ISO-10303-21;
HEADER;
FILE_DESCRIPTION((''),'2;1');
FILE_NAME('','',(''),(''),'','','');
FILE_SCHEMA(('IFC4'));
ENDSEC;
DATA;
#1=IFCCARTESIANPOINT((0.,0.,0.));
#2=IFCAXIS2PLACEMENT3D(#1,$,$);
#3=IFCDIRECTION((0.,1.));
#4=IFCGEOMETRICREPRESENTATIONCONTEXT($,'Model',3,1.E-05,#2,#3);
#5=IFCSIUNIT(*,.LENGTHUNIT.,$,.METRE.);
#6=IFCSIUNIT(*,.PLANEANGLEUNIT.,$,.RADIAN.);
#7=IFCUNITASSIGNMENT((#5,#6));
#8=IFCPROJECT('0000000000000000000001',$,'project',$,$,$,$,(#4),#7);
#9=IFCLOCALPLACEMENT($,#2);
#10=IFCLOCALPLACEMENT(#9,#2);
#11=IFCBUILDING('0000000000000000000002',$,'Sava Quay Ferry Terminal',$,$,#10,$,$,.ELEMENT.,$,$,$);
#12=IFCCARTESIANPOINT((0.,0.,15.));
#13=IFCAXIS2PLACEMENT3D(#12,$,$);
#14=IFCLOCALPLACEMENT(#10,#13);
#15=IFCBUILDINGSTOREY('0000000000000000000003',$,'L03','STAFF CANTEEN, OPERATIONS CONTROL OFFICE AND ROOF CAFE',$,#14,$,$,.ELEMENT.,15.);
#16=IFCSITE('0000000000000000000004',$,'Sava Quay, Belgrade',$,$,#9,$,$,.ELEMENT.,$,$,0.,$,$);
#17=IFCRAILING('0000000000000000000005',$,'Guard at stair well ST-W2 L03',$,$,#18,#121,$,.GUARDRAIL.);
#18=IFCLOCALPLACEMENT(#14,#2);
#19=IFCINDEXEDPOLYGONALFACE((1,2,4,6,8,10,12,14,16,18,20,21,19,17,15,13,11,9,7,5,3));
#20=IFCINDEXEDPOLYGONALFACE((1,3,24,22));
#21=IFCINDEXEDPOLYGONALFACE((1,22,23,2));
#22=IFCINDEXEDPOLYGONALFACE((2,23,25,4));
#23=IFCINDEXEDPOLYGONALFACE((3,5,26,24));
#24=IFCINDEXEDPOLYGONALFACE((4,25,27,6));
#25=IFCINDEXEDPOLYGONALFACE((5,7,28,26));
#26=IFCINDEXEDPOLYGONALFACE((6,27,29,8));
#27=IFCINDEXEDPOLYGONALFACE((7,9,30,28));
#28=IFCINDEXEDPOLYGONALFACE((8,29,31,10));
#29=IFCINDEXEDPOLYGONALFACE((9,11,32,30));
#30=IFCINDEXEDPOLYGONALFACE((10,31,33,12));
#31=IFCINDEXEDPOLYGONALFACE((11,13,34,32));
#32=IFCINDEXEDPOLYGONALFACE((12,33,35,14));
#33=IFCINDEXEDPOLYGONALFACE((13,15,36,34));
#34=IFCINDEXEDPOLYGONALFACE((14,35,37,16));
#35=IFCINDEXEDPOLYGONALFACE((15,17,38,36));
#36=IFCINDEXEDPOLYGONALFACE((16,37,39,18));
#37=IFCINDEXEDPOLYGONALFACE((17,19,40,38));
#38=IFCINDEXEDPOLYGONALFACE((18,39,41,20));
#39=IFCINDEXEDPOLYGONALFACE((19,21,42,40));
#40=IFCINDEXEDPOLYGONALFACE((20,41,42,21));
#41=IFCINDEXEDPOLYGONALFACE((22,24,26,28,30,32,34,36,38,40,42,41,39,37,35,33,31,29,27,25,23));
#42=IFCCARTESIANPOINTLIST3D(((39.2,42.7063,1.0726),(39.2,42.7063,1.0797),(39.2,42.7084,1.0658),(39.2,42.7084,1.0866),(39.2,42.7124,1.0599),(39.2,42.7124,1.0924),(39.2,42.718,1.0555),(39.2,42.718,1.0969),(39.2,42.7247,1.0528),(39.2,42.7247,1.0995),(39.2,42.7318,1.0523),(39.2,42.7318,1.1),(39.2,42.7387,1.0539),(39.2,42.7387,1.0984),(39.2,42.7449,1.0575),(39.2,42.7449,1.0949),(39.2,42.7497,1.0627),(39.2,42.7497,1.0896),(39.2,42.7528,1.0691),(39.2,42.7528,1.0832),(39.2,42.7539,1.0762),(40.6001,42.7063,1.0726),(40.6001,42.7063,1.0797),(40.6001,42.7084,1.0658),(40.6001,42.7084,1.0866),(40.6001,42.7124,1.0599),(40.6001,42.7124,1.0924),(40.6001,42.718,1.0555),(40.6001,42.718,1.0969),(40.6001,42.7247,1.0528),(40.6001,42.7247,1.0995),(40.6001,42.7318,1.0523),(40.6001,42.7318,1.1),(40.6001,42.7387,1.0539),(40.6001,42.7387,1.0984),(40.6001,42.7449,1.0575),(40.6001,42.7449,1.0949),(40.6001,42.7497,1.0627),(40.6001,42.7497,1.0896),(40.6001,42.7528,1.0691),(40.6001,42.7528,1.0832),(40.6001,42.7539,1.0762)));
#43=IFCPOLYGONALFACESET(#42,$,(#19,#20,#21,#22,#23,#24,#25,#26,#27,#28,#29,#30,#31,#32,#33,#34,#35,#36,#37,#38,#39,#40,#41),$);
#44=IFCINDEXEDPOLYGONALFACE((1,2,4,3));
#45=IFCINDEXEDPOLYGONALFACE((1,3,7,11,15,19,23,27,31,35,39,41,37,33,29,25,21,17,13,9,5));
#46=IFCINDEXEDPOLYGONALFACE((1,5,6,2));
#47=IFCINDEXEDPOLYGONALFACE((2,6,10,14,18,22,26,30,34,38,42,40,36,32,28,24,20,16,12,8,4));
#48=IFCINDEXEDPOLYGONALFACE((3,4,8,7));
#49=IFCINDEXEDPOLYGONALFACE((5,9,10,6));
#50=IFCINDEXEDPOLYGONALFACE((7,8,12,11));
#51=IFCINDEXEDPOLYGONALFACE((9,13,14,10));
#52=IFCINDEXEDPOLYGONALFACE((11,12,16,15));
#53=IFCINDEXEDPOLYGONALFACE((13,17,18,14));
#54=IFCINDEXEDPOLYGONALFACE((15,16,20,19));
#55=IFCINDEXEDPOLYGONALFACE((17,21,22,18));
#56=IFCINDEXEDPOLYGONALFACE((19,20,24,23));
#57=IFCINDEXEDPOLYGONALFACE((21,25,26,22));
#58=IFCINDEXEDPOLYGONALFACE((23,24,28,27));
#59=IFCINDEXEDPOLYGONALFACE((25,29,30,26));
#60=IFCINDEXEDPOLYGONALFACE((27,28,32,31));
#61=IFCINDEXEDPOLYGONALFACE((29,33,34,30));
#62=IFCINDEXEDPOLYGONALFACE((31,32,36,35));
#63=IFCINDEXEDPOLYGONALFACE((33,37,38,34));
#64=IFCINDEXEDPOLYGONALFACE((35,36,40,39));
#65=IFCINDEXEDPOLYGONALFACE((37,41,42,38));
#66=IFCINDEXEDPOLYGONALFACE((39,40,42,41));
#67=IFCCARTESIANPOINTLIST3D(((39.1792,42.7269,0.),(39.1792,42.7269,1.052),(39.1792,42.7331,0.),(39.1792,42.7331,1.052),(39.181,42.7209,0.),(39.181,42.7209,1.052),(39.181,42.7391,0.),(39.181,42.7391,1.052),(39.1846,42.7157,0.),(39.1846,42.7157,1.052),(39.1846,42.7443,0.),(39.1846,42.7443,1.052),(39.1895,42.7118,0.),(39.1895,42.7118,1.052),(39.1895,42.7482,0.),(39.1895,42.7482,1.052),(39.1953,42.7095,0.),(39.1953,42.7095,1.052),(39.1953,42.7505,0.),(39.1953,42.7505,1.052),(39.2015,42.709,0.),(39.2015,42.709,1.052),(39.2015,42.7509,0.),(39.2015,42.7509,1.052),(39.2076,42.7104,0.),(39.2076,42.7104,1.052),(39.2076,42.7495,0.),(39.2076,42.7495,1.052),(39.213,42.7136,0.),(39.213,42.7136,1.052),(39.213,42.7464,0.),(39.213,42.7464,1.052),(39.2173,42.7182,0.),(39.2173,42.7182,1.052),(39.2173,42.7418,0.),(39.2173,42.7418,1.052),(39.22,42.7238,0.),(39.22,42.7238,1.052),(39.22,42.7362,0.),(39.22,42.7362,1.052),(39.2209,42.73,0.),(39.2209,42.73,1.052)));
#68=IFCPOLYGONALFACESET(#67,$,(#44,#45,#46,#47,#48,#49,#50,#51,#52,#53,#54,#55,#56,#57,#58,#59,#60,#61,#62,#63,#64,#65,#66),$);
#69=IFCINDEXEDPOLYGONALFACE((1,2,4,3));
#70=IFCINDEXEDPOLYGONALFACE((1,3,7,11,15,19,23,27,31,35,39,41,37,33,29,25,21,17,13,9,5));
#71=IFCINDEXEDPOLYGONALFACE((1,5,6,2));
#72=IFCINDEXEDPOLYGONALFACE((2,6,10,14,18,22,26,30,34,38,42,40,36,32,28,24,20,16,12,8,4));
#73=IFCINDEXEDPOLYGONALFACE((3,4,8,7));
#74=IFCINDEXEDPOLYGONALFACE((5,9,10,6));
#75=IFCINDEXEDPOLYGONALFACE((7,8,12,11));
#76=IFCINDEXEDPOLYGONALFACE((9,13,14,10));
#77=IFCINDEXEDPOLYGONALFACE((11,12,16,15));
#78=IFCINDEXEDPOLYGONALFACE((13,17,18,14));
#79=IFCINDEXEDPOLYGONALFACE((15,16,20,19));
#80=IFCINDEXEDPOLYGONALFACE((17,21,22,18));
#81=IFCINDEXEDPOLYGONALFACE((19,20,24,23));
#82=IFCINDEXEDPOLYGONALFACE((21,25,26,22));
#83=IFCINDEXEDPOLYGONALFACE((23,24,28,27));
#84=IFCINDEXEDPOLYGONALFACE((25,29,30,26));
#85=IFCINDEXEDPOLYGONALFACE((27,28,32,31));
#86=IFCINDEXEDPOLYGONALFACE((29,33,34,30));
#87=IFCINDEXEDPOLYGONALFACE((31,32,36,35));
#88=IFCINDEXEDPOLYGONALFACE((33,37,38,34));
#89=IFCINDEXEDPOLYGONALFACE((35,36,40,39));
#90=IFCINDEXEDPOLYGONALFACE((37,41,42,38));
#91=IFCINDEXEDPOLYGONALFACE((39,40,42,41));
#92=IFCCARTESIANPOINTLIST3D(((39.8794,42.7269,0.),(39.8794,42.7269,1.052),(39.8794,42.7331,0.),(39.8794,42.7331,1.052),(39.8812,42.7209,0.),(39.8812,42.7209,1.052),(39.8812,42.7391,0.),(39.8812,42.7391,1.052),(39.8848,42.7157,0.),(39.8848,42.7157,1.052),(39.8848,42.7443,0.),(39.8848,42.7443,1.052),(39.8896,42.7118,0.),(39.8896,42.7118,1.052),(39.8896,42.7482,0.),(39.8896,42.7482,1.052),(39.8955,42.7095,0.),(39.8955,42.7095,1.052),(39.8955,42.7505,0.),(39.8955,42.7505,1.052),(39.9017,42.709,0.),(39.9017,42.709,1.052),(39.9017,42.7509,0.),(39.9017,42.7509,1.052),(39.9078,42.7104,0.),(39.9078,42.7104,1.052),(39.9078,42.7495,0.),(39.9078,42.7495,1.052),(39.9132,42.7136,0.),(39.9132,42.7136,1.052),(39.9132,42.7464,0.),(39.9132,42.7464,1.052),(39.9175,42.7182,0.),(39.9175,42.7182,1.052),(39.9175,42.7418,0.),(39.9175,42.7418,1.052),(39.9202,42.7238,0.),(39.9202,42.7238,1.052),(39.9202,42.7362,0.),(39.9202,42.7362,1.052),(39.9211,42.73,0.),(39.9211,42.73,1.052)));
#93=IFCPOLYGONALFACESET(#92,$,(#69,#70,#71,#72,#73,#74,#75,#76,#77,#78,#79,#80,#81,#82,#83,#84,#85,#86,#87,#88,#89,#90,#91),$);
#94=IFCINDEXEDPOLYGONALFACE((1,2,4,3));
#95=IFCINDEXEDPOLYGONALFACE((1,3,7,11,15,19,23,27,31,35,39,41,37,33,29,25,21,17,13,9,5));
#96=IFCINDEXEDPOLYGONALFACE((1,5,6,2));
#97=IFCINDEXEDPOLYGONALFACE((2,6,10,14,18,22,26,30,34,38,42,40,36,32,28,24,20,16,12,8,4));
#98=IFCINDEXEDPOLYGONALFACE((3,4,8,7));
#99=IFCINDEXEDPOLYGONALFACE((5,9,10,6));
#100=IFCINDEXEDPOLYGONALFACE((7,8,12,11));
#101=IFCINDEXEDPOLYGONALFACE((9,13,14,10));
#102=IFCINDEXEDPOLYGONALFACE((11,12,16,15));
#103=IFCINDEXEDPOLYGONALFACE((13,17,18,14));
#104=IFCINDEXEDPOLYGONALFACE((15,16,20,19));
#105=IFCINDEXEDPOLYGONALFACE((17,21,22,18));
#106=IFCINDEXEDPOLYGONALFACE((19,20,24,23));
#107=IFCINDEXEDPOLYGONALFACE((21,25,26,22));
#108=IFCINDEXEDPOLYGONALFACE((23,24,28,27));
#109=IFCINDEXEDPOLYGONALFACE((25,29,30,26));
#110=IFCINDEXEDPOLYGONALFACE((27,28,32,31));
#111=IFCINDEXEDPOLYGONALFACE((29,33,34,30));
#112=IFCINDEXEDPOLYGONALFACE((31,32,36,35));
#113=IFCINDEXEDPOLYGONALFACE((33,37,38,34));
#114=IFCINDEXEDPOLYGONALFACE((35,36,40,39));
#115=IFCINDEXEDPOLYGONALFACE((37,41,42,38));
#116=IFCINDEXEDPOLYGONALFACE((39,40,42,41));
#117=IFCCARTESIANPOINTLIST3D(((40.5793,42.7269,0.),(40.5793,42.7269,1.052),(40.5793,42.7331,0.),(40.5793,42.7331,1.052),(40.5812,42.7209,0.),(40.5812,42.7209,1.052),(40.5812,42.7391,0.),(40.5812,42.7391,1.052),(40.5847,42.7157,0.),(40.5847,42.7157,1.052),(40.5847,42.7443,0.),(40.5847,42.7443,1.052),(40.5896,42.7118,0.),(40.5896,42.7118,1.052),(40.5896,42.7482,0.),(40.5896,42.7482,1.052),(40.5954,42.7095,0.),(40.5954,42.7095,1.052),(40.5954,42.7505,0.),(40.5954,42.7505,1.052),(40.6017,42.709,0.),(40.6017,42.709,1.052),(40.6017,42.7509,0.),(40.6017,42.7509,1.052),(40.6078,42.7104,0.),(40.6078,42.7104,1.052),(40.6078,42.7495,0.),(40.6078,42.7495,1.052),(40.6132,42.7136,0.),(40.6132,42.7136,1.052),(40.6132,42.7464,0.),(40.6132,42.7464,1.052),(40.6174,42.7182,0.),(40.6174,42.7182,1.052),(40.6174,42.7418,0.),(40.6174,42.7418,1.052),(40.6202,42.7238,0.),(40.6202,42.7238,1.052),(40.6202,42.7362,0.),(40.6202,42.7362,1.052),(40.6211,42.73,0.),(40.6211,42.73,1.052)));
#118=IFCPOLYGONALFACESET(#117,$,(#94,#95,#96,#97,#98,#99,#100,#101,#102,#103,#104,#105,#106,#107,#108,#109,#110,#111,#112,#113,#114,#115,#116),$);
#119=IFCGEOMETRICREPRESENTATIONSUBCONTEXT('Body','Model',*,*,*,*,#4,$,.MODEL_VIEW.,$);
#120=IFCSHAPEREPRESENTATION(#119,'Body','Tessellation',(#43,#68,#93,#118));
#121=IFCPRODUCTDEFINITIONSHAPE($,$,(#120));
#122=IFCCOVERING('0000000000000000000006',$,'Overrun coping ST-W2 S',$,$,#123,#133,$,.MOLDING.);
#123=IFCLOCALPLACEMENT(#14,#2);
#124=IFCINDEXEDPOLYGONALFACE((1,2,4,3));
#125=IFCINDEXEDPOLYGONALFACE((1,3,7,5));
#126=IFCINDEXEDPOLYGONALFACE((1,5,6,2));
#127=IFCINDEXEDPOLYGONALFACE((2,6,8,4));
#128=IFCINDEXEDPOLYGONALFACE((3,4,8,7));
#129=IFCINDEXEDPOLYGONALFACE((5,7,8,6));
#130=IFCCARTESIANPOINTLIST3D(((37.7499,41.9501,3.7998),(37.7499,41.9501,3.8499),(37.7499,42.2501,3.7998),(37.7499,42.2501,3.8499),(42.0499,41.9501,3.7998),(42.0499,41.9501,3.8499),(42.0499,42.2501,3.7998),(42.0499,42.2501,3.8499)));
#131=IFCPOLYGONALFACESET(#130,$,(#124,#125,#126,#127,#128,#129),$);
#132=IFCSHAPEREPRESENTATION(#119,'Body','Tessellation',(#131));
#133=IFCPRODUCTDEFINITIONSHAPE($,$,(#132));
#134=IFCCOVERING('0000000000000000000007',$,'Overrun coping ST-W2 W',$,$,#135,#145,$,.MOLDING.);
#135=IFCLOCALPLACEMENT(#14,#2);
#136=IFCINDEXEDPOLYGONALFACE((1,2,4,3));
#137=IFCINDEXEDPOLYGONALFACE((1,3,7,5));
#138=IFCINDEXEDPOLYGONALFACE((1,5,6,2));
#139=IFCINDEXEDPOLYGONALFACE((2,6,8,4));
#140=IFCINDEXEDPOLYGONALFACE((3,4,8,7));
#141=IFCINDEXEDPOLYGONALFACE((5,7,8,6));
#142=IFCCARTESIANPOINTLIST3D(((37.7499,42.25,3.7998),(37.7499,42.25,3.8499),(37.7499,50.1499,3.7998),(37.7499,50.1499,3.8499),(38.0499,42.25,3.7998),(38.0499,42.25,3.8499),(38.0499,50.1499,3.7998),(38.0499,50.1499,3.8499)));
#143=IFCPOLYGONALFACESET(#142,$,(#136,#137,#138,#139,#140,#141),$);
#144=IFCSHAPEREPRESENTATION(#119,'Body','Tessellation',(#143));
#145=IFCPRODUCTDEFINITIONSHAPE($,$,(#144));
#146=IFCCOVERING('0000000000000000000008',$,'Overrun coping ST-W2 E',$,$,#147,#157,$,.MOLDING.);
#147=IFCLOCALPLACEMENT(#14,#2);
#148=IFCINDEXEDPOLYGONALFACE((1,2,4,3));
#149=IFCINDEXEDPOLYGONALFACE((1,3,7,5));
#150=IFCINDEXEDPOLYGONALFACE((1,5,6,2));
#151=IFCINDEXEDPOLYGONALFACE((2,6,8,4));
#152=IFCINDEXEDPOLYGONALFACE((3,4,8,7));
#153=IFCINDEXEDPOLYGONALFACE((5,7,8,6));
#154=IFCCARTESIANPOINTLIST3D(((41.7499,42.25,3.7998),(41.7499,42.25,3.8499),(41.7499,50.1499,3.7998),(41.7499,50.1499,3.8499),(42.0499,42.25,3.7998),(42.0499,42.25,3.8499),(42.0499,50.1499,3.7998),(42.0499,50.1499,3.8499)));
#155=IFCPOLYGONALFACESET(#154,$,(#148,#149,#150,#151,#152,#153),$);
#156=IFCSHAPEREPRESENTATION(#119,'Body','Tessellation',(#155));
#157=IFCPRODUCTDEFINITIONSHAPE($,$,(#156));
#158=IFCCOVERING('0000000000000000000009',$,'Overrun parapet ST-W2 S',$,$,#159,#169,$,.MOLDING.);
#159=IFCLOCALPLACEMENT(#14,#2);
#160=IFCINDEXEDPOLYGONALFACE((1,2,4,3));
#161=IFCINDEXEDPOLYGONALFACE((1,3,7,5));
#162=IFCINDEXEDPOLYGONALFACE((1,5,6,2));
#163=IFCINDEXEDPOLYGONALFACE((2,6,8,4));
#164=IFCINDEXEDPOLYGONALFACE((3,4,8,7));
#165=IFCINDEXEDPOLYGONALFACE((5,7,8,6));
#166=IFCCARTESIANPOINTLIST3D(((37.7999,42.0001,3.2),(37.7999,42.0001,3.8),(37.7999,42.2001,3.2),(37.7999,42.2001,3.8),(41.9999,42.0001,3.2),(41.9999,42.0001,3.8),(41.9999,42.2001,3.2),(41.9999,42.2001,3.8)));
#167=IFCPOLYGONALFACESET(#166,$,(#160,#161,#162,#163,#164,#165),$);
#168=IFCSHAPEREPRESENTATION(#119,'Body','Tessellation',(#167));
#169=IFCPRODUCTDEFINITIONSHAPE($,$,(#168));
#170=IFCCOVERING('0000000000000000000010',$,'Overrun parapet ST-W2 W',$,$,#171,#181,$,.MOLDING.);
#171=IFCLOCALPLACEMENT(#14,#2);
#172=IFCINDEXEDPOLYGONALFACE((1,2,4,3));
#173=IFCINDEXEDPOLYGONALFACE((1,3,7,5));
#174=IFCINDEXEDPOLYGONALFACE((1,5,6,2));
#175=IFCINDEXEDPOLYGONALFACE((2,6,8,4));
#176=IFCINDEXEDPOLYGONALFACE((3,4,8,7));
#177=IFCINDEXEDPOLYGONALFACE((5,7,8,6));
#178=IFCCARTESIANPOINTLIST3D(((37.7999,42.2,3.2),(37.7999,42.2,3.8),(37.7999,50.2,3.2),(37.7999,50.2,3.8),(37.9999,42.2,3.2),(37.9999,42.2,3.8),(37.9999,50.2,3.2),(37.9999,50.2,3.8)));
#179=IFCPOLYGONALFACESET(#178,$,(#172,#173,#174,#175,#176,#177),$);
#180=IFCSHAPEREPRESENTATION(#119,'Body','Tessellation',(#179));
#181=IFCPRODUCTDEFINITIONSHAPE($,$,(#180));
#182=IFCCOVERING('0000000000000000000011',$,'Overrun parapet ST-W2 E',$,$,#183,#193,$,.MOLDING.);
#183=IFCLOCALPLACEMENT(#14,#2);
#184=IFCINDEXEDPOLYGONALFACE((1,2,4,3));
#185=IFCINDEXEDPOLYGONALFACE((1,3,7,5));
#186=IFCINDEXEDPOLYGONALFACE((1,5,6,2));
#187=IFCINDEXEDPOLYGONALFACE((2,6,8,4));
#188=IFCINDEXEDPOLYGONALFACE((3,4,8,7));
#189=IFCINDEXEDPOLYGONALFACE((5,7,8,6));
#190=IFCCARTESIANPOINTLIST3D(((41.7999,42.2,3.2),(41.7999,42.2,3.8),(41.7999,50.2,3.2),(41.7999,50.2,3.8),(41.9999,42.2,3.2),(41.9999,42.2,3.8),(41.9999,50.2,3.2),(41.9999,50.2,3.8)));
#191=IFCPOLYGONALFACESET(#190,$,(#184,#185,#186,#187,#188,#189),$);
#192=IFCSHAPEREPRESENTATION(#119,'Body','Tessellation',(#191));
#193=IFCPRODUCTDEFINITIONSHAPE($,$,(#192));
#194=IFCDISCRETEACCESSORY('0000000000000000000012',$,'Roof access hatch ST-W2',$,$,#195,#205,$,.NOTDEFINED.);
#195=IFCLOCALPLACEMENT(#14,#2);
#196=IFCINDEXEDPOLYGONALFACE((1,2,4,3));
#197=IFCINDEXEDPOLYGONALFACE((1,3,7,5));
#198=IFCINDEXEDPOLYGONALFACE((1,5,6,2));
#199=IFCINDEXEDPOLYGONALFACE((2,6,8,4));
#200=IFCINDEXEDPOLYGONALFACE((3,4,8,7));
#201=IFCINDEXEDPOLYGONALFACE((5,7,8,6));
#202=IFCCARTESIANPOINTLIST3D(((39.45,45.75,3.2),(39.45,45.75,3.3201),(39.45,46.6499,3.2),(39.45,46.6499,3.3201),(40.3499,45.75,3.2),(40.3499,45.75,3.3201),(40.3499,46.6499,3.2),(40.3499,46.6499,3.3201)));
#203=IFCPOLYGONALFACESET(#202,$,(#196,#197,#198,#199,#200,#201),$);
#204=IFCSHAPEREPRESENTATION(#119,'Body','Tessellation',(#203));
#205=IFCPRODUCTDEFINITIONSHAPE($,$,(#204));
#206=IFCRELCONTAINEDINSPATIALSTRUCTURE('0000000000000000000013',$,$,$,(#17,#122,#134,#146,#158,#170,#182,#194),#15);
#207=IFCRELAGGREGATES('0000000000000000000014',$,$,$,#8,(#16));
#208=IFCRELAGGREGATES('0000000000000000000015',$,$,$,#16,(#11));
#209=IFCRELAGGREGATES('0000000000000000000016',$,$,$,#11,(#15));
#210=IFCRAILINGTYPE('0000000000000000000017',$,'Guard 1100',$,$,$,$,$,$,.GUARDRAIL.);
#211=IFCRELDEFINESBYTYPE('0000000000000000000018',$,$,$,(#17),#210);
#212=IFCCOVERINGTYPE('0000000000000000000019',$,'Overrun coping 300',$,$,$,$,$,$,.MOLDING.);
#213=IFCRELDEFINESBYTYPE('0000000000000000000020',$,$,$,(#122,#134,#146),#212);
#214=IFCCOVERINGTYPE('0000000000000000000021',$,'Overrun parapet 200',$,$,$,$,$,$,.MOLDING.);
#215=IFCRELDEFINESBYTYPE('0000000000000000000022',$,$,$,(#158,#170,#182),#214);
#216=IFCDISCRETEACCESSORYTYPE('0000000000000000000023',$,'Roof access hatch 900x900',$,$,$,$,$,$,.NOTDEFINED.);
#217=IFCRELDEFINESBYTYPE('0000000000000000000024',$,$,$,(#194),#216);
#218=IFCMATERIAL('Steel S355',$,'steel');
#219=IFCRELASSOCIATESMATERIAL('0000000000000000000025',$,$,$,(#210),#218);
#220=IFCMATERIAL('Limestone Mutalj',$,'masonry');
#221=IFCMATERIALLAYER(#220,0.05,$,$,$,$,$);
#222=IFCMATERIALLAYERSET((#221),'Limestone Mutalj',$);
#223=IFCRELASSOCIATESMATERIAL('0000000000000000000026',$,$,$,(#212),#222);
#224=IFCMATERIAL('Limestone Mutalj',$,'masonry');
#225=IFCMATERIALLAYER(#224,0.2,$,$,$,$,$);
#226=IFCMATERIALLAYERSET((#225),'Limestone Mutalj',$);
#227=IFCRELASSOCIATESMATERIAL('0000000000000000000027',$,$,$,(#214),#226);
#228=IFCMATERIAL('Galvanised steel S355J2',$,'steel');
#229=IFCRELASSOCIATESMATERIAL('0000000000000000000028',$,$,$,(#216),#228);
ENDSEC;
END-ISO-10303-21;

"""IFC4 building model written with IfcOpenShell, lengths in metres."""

from ifc_helpers import new_model, si_unit, direction, frame, origin, origin_2d, place, context, subcontext, project, spatial, rectangle, circle, extrude, material, layer, layer_set, type_object, element, save


model = new_model("IFC4")

# Units and contexts
model_context = context("Model", 3, precision=1e-05, world=origin(), true_north=direction((0.0, 1.0)))
body_context = subcontext(model_context, "Body", "Model", "MODEL_VIEW")
ifc_project = project(units=[si_unit("LENGTHUNIT", "METRE"), si_unit("PLANEANGLEUNIT", "RADIAN")], contexts=[model_context])

# Site, building, storey
site_placement = place(None, origin())
site = spatial("IfcSite", under=ifc_project, at=site_placement, Name="Sava Quay, Belgrade", CompositionType="ELEMENT", RefElevation=0.0)
building_placement = place(site_placement, origin())
building = spatial("IfcBuilding", under=site, at=building_placement, Name="Sava Quay Ferry Terminal", CompositionType="ELEMENT")
storey_placement = place(building_placement, frame((0.0, 0.0, 15.0)))
storey = spatial("IfcBuildingStorey", under=building, at=storey_placement, Name="L03", Description="STAFF CANTEEN, OPERATIONS CONTROL OFFICE AND ROOF CAFE", CompositionType="ELEMENT", Elevation=15.0)

# Railing
ifc_material_1 = material(Name="Steel S355", Category="steel")
railing_type_1 = type_object("IfcRailingType", Name="Guard 1100", PredefinedType="GUARDRAIL", material=ifc_material_1)
railing_1_placement = place(storey_placement, frame((39.2, 42.73, 0.0)))
element("IfcRailing", 1, at=railing_1_placement, inside=storey, type_object=railing_type_1, Name="Guard at stair well ST-W2 L03", PredefinedType="GUARDRAIL", context=body_context, shape_type="SweptSolid", body=[
    extrude(circle(Radius=0.0239, at=origin_2d()), frame((0.0, 0.0, 1.0762), z_axis=(1.0, 0.0, 0.0), x_axis=(0.0, 1.0, 0.0)), (0.0, 0.0, 1.0), 1.4001),
    extrude(circle(Radius=0.021, at=origin_2d()), origin(), (0.0, 0.0, 1.0), 1.052),
    extrude(circle(Radius=0.021, at=origin_2d()), frame((0.7002, 0.0, 0.0)), (0.0, 0.0, 1.0), 1.052),
    extrude(circle(Radius=0.021, at=origin_2d()), frame((1.4001, 0.0, 0.0)), (0.0, 0.0, 1.0), 1.052),
])

# Coverings
ifc_material_2 = material(Name="Limestone Mutalj", Category="masonry")
ifc_layer_1 = layer(ifc_material_2, 0.05)
ifc_layer_set_1 = layer_set([ifc_layer_1], Name="Limestone Mutalj")
covering_type_1 = type_object("IfcCoveringType", Name="Overrun coping 300", PredefinedType="MOLDING", material=ifc_layer_set_1)
covering_1_placement = place(storey_placement, frame((39.8999, 42.1001, 3.7998), z_axis=(0.0, 0.0, 1.0), x_axis=(1.0, 0.0, 0.0)))
element("IfcCovering", 2, at=covering_1_placement, inside=storey, type_object=covering_type_1, Name="Overrun coping ST-W2 S", PredefinedType="MOLDING", context=body_context, shape_type="SweptSolid", body=[
    extrude(rectangle(XDim=4.3, YDim=0.3, at=origin_2d()), origin(), (0.0, 0.0, 1.0), 0.05),
])
for number, where, z_axis, x_axis, name in (
    (3, (37.8999, 46.2, 3.7998), (0.0, 0.0, 1.0), (1.0, 0.0, 0.0), "Overrun coping ST-W2 W"),
    (4, (41.8999, 46.2, 3.7998), (0.0, 0.0, 1.0), (1.0, 0.0, 0.0), "Overrun coping ST-W2 E"),
):
    element("IfcCovering", number, at=place(storey_placement, frame(where, z_axis=z_axis, x_axis=x_axis)), inside=storey, type_object=covering_type_1, Name=name, PredefinedType="MOLDING", context=body_context, shape_type="SweptSolid", body=[
        extrude(rectangle(XDim=0.3, YDim=7.8999, at=origin_2d()), origin(), (0.0, 0.0, 1.0), 0.05),
    ])
ifc_material_3 = material(Name="Limestone Mutalj", Category="masonry")
ifc_layer_2 = layer(ifc_material_3, 0.2)
ifc_layer_set_2 = layer_set([ifc_layer_2], Name="Limestone Mutalj")
covering_type_2 = type_object("IfcCoveringType", Name="Overrun parapet 200", PredefinedType="MOLDING", material=ifc_layer_set_2)
covering_2_placement = place(storey_placement, frame((39.8999, 42.1001, 3.2), z_axis=(0.0, 0.0, 1.0), x_axis=(1.0, 0.0, 0.0)))
element("IfcCovering", 5, at=covering_2_placement, inside=storey, type_object=covering_type_2, Name="Overrun parapet ST-W2 S", PredefinedType="MOLDING", context=body_context, shape_type="SweptSolid", body=[
    extrude(rectangle(XDim=4.2, YDim=0.2, at=origin_2d()), origin(), (0.0, 0.0, 1.0), 0.6001),
])
for number, where, z_axis, x_axis, name in (
    (6, (37.8999, 46.2, 3.2), (0.0, 0.0, 1.0), (1.0, 0.0, 0.0), "Overrun parapet ST-W2 W"),
    (7, (41.8999, 46.2, 3.2), (0.0, 0.0, 1.0), (1.0, 0.0, 0.0), "Overrun parapet ST-W2 E"),
):
    element("IfcCovering", number, at=place(storey_placement, frame(where, z_axis=z_axis, x_axis=x_axis)), inside=storey, type_object=covering_type_2, Name=name, PredefinedType="MOLDING", context=body_context, shape_type="SweptSolid", body=[
        extrude(rectangle(XDim=0.2, YDim=8.0, at=origin_2d()), origin(), (0.0, 0.0, 1.0), 0.6001),
    ])

# Discrete accessory
ifc_material_4 = material(Name="Galvanised steel S355J2", Category="steel")
discrete_accessory_type = type_object("IfcDiscreteAccessoryType", Name="Roof access hatch 900x900", PredefinedType="NOTDEFINED", material=ifc_material_4)
discrete_accessory_placement = place(storey_placement, frame((39.8999, 46.2, 3.2), z_axis=(0.0, 0.0, 1.0), x_axis=(1.0, 0.0, 0.0)))
element("IfcDiscreteAccessory", 8, at=discrete_accessory_placement, inside=storey, type_object=discrete_accessory_type, Name="Roof access hatch ST-W2", PredefinedType="NOTDEFINED", context=body_context, shape_type="SweptSolid", body=[
    extrude(rectangle(XDim=0.8999, YDim=0.8999, at=origin_2d()), origin(), (0.0, 0.0, 1.0), 0.1201),
])

save(model, "model.ifc")
